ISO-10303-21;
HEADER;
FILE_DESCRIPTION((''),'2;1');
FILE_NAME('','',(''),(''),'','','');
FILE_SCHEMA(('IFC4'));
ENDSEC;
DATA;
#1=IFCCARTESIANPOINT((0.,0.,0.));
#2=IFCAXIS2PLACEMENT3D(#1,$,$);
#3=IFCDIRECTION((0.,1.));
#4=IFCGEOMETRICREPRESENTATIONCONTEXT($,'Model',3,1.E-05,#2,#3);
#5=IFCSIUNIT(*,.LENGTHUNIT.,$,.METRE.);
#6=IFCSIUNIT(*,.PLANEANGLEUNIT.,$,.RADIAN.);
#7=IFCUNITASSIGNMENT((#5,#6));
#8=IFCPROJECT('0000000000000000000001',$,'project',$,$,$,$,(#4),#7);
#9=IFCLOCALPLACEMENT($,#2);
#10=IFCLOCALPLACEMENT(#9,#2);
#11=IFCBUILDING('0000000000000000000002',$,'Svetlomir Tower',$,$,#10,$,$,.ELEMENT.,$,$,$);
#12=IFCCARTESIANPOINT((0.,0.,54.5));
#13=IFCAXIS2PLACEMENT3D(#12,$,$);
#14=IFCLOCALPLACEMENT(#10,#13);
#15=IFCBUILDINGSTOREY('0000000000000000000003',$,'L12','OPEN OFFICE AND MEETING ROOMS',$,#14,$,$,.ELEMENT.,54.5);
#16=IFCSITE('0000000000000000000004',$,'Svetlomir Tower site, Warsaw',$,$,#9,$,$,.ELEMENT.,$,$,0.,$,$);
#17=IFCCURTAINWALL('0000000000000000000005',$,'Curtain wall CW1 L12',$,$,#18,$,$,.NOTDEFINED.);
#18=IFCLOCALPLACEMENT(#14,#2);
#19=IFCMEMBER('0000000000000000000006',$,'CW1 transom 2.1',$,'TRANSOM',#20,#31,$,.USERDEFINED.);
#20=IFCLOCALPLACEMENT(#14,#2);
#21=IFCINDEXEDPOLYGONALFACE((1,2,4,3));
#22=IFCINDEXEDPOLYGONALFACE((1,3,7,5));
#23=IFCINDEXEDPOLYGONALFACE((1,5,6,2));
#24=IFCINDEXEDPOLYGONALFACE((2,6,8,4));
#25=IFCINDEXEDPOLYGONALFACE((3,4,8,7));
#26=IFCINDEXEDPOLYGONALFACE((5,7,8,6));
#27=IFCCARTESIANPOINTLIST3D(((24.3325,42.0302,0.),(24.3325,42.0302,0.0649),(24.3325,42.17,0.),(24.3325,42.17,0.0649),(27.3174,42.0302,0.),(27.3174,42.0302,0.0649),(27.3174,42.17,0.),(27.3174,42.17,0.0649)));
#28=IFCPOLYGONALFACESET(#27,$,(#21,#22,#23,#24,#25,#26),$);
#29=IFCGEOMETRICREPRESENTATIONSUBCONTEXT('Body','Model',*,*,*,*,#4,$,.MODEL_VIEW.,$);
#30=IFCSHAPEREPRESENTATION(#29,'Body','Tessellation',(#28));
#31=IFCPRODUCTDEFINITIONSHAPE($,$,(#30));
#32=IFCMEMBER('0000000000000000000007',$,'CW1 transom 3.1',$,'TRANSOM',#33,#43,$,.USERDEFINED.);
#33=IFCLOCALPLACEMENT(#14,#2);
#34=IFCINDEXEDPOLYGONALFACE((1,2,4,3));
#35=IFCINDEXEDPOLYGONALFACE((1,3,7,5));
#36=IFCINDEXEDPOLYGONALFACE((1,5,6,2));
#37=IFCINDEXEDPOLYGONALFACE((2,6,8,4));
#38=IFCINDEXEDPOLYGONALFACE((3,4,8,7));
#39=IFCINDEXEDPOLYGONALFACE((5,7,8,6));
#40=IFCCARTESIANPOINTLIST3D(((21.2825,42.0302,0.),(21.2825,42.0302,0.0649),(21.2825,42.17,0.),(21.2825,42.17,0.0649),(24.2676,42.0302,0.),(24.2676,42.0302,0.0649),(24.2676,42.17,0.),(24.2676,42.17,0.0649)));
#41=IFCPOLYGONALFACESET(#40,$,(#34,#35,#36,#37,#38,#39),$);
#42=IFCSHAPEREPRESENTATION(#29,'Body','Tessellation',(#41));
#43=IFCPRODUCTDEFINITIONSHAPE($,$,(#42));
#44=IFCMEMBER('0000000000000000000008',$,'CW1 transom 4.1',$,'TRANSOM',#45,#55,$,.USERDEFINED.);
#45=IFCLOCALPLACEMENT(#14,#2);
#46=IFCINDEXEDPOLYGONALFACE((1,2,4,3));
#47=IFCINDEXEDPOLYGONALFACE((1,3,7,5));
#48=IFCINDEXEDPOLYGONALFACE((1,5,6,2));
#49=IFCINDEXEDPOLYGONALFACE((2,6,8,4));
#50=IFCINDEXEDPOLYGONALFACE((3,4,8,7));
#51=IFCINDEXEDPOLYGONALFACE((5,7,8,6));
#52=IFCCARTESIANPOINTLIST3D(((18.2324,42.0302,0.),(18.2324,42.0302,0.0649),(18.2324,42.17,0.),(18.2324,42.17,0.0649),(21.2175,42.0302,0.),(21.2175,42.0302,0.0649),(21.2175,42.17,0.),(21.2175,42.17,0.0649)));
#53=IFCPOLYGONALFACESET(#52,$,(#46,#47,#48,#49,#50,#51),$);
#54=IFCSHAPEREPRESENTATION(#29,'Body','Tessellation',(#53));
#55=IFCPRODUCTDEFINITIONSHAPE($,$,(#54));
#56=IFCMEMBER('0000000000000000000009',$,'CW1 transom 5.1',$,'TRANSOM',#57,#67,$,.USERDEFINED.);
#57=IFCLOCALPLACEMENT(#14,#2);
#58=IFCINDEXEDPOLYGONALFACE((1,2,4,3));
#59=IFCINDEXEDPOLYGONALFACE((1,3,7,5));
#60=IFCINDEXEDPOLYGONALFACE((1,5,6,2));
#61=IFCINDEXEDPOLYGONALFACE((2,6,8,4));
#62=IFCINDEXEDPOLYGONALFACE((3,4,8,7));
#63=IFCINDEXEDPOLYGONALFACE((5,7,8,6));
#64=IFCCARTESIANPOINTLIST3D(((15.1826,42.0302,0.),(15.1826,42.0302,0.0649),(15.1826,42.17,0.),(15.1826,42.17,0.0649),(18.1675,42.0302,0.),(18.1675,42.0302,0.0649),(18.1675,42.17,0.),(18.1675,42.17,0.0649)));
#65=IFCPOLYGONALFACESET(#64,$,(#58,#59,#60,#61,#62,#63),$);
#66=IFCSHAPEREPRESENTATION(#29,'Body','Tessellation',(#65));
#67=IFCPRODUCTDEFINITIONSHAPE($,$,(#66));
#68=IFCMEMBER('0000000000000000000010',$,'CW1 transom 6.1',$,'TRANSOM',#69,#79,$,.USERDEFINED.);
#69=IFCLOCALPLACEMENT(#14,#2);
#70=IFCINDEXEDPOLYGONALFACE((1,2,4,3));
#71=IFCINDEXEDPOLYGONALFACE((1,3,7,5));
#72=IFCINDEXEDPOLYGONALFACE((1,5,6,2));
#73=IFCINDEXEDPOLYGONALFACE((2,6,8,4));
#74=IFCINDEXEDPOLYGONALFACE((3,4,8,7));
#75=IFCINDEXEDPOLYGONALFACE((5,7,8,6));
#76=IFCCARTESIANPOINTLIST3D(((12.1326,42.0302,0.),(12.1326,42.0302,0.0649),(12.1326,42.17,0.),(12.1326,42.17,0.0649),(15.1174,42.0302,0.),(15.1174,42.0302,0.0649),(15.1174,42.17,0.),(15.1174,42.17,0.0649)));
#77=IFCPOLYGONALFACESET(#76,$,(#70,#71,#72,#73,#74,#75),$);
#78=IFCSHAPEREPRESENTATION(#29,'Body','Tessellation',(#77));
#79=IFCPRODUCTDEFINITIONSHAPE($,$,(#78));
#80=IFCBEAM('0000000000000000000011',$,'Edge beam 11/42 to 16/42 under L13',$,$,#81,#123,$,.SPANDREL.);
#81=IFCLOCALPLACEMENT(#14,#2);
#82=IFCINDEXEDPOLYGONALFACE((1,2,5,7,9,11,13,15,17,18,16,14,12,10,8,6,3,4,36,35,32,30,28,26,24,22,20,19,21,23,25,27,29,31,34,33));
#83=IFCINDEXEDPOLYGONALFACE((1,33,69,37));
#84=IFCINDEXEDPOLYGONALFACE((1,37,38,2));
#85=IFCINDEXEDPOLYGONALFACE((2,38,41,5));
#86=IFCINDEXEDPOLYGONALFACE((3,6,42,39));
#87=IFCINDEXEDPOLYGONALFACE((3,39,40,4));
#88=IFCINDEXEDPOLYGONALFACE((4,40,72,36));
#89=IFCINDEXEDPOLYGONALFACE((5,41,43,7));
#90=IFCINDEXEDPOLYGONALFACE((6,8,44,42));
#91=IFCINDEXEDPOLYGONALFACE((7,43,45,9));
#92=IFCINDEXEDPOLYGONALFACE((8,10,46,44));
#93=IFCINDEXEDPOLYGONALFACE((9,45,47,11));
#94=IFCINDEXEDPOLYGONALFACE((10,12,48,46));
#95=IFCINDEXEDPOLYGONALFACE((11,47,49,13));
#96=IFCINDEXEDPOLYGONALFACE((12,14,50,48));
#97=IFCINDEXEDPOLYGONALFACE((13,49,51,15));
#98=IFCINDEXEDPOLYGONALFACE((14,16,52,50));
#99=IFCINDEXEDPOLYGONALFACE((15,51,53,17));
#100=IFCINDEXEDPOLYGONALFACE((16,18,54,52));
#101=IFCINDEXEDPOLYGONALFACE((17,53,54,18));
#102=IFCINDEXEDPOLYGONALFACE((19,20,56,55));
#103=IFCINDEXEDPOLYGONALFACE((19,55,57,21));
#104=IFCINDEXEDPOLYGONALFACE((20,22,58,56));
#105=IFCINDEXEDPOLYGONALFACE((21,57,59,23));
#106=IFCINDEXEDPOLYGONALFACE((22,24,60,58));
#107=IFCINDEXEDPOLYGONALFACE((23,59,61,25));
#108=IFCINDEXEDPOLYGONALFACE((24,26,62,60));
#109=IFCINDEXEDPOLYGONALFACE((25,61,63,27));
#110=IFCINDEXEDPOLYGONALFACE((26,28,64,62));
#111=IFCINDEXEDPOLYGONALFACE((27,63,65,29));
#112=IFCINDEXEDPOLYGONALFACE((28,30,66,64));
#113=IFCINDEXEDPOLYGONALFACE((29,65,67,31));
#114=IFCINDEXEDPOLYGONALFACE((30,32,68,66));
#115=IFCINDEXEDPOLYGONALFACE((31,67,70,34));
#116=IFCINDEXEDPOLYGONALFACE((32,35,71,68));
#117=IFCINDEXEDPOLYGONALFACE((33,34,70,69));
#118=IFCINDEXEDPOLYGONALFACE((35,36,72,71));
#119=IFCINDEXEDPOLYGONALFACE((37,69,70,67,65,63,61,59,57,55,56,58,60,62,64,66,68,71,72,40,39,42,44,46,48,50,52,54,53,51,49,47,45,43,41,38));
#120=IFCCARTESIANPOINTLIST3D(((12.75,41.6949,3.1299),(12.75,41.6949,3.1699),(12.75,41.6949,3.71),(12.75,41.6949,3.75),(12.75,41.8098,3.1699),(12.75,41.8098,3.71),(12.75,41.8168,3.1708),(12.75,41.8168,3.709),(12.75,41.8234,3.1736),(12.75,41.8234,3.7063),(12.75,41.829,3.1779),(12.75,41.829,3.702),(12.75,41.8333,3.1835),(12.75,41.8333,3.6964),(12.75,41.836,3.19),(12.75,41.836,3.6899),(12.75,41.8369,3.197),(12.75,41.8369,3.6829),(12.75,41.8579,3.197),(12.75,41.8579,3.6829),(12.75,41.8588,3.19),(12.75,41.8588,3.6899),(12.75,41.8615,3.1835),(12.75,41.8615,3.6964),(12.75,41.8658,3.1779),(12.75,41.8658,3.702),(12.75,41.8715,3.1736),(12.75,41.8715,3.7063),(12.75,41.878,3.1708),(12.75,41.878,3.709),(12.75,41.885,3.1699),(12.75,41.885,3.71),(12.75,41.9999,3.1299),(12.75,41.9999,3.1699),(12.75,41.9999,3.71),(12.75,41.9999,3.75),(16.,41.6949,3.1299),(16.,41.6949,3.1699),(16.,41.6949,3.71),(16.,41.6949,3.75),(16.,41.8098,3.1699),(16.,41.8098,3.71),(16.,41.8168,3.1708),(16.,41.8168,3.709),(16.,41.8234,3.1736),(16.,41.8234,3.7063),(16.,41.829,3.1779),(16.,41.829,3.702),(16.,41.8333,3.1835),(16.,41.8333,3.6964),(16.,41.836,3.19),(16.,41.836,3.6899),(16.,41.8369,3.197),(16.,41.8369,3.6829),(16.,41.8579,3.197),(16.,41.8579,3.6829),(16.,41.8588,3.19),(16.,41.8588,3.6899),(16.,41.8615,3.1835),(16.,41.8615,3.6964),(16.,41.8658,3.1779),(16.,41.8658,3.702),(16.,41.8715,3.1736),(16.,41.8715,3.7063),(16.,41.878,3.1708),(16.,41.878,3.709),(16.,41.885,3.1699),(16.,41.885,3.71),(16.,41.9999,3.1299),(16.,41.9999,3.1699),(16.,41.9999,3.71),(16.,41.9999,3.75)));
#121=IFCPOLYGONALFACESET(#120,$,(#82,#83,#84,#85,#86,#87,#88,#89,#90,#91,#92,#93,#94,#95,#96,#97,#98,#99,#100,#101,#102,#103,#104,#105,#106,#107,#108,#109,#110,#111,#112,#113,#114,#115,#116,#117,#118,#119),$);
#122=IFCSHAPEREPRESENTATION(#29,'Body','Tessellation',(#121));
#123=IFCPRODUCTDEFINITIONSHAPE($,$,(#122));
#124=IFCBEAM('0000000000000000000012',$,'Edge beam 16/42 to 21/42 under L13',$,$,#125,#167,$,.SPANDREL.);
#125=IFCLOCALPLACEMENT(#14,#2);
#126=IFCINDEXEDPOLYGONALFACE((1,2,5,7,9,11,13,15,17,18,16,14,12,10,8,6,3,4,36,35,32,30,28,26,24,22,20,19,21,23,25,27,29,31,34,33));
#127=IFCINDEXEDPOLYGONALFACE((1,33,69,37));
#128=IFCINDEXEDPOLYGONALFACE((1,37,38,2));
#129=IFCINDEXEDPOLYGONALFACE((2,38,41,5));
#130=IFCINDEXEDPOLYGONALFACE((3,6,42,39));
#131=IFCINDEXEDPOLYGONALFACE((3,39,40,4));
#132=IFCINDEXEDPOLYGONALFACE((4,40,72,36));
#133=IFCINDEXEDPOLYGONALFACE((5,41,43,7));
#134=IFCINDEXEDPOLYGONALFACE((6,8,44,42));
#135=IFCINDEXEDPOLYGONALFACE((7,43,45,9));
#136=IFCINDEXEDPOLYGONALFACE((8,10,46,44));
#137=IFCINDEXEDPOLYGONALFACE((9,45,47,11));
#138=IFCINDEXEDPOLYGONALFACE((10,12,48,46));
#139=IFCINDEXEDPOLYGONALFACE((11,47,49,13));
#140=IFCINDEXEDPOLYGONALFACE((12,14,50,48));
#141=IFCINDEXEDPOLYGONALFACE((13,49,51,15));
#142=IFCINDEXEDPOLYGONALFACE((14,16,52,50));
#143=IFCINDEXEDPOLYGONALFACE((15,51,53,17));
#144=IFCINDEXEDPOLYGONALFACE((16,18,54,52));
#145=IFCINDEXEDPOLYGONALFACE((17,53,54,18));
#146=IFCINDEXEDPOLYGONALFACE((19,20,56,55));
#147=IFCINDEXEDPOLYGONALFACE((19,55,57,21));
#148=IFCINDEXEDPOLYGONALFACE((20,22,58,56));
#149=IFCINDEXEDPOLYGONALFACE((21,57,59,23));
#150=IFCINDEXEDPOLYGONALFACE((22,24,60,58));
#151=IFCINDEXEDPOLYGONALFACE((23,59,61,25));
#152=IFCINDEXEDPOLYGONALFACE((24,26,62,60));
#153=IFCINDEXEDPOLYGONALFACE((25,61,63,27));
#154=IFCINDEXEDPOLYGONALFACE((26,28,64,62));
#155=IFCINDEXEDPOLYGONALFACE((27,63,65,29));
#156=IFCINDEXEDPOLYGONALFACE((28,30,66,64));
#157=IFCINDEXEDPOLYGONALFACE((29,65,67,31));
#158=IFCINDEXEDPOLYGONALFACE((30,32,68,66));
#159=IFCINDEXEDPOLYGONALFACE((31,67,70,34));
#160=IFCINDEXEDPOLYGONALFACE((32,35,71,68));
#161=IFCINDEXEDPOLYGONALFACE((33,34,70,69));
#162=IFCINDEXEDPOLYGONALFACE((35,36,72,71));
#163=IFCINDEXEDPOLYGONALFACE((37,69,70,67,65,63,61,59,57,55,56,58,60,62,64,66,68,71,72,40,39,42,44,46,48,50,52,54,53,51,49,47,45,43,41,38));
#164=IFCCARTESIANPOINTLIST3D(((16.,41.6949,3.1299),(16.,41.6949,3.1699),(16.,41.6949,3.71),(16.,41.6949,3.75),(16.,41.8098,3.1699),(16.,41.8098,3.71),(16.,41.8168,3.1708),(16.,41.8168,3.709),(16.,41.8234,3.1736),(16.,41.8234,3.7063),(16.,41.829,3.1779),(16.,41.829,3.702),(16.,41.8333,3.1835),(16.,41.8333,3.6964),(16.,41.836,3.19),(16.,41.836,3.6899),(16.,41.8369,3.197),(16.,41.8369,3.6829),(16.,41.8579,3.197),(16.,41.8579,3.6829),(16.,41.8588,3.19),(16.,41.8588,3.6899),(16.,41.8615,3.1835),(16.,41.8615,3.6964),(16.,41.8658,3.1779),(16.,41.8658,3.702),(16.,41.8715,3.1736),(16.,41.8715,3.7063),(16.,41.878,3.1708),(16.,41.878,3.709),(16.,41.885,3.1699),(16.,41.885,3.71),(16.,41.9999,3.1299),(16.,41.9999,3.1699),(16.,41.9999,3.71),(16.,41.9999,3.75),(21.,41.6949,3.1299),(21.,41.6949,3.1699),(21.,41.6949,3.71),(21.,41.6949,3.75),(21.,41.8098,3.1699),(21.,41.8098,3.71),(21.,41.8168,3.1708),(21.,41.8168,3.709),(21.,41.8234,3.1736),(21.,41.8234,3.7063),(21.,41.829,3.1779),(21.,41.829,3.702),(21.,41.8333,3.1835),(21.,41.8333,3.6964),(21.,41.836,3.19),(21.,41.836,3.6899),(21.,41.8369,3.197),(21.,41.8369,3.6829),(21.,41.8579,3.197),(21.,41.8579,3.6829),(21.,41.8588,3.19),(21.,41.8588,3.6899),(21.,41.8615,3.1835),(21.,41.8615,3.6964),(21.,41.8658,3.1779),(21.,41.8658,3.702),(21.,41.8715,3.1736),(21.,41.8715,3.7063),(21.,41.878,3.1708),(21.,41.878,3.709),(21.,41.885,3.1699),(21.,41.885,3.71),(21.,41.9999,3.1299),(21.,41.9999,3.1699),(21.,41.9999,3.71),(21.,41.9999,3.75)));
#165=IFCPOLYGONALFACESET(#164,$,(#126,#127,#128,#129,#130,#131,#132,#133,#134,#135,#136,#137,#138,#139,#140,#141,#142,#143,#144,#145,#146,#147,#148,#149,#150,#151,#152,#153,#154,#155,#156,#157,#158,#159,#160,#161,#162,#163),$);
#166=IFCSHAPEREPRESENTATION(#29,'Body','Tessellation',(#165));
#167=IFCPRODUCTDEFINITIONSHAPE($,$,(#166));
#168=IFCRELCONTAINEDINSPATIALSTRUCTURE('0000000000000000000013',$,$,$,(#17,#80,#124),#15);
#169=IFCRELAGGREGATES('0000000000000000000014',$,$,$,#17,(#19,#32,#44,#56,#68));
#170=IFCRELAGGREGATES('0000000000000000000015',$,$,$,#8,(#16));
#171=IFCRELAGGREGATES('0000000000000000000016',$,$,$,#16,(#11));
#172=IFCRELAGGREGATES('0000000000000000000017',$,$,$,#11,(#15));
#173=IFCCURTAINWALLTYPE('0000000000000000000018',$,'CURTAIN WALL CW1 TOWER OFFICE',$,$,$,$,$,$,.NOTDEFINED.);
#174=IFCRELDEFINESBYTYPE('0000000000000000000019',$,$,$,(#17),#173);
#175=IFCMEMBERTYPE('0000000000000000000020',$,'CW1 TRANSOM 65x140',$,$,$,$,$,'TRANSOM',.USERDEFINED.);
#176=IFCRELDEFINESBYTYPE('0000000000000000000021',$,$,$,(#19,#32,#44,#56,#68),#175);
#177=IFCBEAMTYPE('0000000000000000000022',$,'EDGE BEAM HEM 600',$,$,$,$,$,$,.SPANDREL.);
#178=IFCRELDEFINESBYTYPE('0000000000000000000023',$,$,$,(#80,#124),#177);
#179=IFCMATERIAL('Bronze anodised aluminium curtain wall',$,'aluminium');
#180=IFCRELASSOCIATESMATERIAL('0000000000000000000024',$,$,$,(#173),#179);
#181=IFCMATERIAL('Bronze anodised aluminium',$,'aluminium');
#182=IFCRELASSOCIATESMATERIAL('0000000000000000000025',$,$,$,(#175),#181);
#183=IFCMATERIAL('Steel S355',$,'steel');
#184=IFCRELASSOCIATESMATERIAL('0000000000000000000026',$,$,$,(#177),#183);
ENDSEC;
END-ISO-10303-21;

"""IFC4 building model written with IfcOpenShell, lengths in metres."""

from ifc_helpers import new_model, si_unit, direction, frame, origin, origin_2d, place, context, subcontext, project, spatial, rectangle, i_section, extrude, material, material_profile, profile_set, type_object, element, aggregate, save


model = new_model("IFC4")

# Units and contexts
model_context = context("Model", 3, precision=1e-05, world=origin(), true_north=direction((0.0, 1.0)))
body_context = subcontext(model_context, "Body", "Model", "MODEL_VIEW")
ifc_project = project(units=[si_unit("LENGTHUNIT", "METRE"), si_unit("PLANEANGLEUNIT", "RADIAN")], contexts=[model_context])

# Site, building, storey
site_placement = place(None, origin())
site = spatial("IfcSite", under=ifc_project, at=site_placement, Name="Svetlomir Tower site, Warsaw", CompositionType="ELEMENT", RefElevation=0.0)
building_placement = place(site_placement, origin())
building = spatial("IfcBuilding", under=site, at=building_placement, Name="Svetlomir Tower", CompositionType="ELEMENT")
storey_placement = place(building_placement, frame((0.0, 0.0, 54.5)))
storey = spatial("IfcBuildingStorey", under=building, at=storey_placement, Name="L12", Description="OPEN OFFICE AND MEETING ROOMS", CompositionType="ELEMENT", Elevation=54.5)

# Curtain wall, members
ifc_material_1 = material(Name="Bronze anodised aluminium curtain wall", Category="aluminium")
curtain_wall_type = type_object("IfcCurtainWallType", Name="CURTAIN WALL CW1 TOWER OFFICE", PredefinedType="NOTDEFINED", material=ifc_material_1)
curtain_wall_placement = place(storey_placement, origin())
curtain_wall = element("IfcCurtainWall", 1, at=curtain_wall_placement, inside=storey, type_object=curtain_wall_type, Name="Curtain wall CW1 L12", PredefinedType="NOTDEFINED")
ifc_material_2 = material(Name="Bronze anodised aluminium", Category="aluminium")
ifc_material_profile_1 = material_profile(ifc_material_2, rectangle(XDim=0.1399, YDim=0.0649, at=origin_2d()), Name="AL 140x65")
ifc_profile_set_1 = profile_set([ifc_material_profile_1], Name="Bronze anodised aluminium 6063-T6")
member_type_1 = type_object("IfcMemberType", Name="CW1 TRANSOM 65x140", ElementType="TRANSOM", PredefinedType="USERDEFINED", material=ifc_profile_set_1)
member_1_placement = place(storey_placement, frame((27.3174, 42.1001, 0.0325), z_axis=(-1.0, 0.0, 0.0), x_axis=(0.0, -1.0, 0.0)))
member_1 = element("IfcMember", 2, at=member_1_placement, type_object=member_type_1, Name="CW1 transom 2.1", ObjectType="TRANSOM", PredefinedType="USERDEFINED", context=body_context, shape_type="SweptSolid", body=[
    extrude(rectangle(XDim=0.1399, YDim=0.0649, at=origin_2d()), origin(), (0.0, 0.0, 1.0), 2.9849),
])
member_2_placement = place(storey_placement, frame((24.2676, 42.1001, 0.0325), z_axis=(-1.0, 0.0, 0.0), x_axis=(0.0, -1.0, 0.0)))
member_2 = element("IfcMember", 3, at=member_2_placement, type_object=member_type_1, Name="CW1 transom 3.1", ObjectType="TRANSOM", PredefinedType="USERDEFINED", context=body_context, shape_type="SweptSolid", body=[
    extrude(rectangle(XDim=0.1399, YDim=0.0649, at=origin_2d()), origin(), (0.0, 0.0, 1.0), 2.9851),
])
member_3_placement = place(storey_placement, frame((21.2175, 42.1001, 0.0325), z_axis=(-1.0, 0.0, 0.0), x_axis=(0.0, -1.0, 0.0)))
member_3 = element("IfcMember", 4, at=member_3_placement, type_object=member_type_1, Name="CW1 transom 4.1", ObjectType="TRANSOM", PredefinedType="USERDEFINED", context=body_context, shape_type="SweptSolid", body=[
    extrude(rectangle(XDim=0.1399, YDim=0.0649, at=origin_2d()), origin(), (0.0, 0.0, 1.0), 2.9851),
])
member_4_placement = place(storey_placement, frame((18.1675, 42.1001, 0.0325), z_axis=(-1.0, 0.0, 0.0), x_axis=(0.0, -1.0, 0.0)))
member_4 = element("IfcMember", 5, at=member_4_placement, type_object=member_type_1, Name="CW1 transom 5.1", ObjectType="TRANSOM", PredefinedType="USERDEFINED", context=body_context, shape_type="SweptSolid", body=[
    extrude(rectangle(XDim=0.1399, YDim=0.0649, at=origin_2d()), origin(), (0.0, 0.0, 1.0), 2.9849),
])
member_5_placement = place(storey_placement, frame((15.1174, 42.1001, 0.0325), z_axis=(-1.0, 0.0, 0.0), x_axis=(0.0, -1.0, 0.0)))
member_5 = element("IfcMember", 6, at=member_5_placement, type_object=member_type_1, Name="CW1 transom 6.1", ObjectType="TRANSOM", PredefinedType="USERDEFINED", context=body_context, shape_type="SweptSolid", body=[
    extrude(rectangle(XDim=0.1399, YDim=0.0649, at=origin_2d()), origin(), (0.0, 0.0, 1.0), 2.9849),
])

# Beams
ifc_material_3 = material(Name="Steel S355", Category="steel")
ifc_material_profile_2 = material_profile(ifc_material_3, i_section(OverallWidth=0.3049, OverallDepth=0.6201, WebThickness=0.021, FlangeThickness=0.04, FilletRadius=0.0271, at=origin_2d()), Name="HEM 600")
ifc_profile_set_2 = profile_set([ifc_material_profile_2], Name="Steel S355")
beam_type_1 = type_object("IfcBeamType", Name="EDGE BEAM HEM 600", PredefinedType="SPANDREL", material=ifc_profile_set_2)
beam_1_placement = place(storey_placement, frame((12.75, 41.8474, 3.4399), z_axis=(1.0, 0.0, 0.0), x_axis=(0.0, 1.0, 0.0)))
element("IfcBeam", 7, at=beam_1_placement, inside=storey, type_object=beam_type_1, Name="Edge beam 11/42 to 16/42 under L13", PredefinedType="SPANDREL", context=body_context, shape_type="SweptSolid", body=[
    extrude(i_section(OverallWidth=0.3049, OverallDepth=0.6201, WebThickness=0.021, FlangeThickness=0.04, FilletRadius=0.0271, at=origin_2d()), origin(), (0.0, 0.0, 1.0), 3.25),
])
for number, where, z_axis, x_axis, name in (
    (8, (16.0, 41.8474, 3.4399), (1.0, 0.0, 0.0), (0.0, 1.0, 0.0), "Edge beam 16/42 to 21/42 under L13"),
):
    element("IfcBeam", number, at=place(storey_placement, frame(where, z_axis=z_axis, x_axis=x_axis)), inside=storey, type_object=beam_type_1, Name=name, PredefinedType="SPANDREL", context=body_context, shape_type="SweptSolid", body=[
        extrude(i_section(OverallWidth=0.3049, OverallDepth=0.6201, WebThickness=0.021, FlangeThickness=0.04, FilletRadius=0.0271, at=origin_2d()), origin(), (0.0, 0.0, 1.0), 5.0),
    ])

aggregate(curtain_wall, [member_1, member_2, member_3, member_4, member_5])

save(model, "model.ifc")
